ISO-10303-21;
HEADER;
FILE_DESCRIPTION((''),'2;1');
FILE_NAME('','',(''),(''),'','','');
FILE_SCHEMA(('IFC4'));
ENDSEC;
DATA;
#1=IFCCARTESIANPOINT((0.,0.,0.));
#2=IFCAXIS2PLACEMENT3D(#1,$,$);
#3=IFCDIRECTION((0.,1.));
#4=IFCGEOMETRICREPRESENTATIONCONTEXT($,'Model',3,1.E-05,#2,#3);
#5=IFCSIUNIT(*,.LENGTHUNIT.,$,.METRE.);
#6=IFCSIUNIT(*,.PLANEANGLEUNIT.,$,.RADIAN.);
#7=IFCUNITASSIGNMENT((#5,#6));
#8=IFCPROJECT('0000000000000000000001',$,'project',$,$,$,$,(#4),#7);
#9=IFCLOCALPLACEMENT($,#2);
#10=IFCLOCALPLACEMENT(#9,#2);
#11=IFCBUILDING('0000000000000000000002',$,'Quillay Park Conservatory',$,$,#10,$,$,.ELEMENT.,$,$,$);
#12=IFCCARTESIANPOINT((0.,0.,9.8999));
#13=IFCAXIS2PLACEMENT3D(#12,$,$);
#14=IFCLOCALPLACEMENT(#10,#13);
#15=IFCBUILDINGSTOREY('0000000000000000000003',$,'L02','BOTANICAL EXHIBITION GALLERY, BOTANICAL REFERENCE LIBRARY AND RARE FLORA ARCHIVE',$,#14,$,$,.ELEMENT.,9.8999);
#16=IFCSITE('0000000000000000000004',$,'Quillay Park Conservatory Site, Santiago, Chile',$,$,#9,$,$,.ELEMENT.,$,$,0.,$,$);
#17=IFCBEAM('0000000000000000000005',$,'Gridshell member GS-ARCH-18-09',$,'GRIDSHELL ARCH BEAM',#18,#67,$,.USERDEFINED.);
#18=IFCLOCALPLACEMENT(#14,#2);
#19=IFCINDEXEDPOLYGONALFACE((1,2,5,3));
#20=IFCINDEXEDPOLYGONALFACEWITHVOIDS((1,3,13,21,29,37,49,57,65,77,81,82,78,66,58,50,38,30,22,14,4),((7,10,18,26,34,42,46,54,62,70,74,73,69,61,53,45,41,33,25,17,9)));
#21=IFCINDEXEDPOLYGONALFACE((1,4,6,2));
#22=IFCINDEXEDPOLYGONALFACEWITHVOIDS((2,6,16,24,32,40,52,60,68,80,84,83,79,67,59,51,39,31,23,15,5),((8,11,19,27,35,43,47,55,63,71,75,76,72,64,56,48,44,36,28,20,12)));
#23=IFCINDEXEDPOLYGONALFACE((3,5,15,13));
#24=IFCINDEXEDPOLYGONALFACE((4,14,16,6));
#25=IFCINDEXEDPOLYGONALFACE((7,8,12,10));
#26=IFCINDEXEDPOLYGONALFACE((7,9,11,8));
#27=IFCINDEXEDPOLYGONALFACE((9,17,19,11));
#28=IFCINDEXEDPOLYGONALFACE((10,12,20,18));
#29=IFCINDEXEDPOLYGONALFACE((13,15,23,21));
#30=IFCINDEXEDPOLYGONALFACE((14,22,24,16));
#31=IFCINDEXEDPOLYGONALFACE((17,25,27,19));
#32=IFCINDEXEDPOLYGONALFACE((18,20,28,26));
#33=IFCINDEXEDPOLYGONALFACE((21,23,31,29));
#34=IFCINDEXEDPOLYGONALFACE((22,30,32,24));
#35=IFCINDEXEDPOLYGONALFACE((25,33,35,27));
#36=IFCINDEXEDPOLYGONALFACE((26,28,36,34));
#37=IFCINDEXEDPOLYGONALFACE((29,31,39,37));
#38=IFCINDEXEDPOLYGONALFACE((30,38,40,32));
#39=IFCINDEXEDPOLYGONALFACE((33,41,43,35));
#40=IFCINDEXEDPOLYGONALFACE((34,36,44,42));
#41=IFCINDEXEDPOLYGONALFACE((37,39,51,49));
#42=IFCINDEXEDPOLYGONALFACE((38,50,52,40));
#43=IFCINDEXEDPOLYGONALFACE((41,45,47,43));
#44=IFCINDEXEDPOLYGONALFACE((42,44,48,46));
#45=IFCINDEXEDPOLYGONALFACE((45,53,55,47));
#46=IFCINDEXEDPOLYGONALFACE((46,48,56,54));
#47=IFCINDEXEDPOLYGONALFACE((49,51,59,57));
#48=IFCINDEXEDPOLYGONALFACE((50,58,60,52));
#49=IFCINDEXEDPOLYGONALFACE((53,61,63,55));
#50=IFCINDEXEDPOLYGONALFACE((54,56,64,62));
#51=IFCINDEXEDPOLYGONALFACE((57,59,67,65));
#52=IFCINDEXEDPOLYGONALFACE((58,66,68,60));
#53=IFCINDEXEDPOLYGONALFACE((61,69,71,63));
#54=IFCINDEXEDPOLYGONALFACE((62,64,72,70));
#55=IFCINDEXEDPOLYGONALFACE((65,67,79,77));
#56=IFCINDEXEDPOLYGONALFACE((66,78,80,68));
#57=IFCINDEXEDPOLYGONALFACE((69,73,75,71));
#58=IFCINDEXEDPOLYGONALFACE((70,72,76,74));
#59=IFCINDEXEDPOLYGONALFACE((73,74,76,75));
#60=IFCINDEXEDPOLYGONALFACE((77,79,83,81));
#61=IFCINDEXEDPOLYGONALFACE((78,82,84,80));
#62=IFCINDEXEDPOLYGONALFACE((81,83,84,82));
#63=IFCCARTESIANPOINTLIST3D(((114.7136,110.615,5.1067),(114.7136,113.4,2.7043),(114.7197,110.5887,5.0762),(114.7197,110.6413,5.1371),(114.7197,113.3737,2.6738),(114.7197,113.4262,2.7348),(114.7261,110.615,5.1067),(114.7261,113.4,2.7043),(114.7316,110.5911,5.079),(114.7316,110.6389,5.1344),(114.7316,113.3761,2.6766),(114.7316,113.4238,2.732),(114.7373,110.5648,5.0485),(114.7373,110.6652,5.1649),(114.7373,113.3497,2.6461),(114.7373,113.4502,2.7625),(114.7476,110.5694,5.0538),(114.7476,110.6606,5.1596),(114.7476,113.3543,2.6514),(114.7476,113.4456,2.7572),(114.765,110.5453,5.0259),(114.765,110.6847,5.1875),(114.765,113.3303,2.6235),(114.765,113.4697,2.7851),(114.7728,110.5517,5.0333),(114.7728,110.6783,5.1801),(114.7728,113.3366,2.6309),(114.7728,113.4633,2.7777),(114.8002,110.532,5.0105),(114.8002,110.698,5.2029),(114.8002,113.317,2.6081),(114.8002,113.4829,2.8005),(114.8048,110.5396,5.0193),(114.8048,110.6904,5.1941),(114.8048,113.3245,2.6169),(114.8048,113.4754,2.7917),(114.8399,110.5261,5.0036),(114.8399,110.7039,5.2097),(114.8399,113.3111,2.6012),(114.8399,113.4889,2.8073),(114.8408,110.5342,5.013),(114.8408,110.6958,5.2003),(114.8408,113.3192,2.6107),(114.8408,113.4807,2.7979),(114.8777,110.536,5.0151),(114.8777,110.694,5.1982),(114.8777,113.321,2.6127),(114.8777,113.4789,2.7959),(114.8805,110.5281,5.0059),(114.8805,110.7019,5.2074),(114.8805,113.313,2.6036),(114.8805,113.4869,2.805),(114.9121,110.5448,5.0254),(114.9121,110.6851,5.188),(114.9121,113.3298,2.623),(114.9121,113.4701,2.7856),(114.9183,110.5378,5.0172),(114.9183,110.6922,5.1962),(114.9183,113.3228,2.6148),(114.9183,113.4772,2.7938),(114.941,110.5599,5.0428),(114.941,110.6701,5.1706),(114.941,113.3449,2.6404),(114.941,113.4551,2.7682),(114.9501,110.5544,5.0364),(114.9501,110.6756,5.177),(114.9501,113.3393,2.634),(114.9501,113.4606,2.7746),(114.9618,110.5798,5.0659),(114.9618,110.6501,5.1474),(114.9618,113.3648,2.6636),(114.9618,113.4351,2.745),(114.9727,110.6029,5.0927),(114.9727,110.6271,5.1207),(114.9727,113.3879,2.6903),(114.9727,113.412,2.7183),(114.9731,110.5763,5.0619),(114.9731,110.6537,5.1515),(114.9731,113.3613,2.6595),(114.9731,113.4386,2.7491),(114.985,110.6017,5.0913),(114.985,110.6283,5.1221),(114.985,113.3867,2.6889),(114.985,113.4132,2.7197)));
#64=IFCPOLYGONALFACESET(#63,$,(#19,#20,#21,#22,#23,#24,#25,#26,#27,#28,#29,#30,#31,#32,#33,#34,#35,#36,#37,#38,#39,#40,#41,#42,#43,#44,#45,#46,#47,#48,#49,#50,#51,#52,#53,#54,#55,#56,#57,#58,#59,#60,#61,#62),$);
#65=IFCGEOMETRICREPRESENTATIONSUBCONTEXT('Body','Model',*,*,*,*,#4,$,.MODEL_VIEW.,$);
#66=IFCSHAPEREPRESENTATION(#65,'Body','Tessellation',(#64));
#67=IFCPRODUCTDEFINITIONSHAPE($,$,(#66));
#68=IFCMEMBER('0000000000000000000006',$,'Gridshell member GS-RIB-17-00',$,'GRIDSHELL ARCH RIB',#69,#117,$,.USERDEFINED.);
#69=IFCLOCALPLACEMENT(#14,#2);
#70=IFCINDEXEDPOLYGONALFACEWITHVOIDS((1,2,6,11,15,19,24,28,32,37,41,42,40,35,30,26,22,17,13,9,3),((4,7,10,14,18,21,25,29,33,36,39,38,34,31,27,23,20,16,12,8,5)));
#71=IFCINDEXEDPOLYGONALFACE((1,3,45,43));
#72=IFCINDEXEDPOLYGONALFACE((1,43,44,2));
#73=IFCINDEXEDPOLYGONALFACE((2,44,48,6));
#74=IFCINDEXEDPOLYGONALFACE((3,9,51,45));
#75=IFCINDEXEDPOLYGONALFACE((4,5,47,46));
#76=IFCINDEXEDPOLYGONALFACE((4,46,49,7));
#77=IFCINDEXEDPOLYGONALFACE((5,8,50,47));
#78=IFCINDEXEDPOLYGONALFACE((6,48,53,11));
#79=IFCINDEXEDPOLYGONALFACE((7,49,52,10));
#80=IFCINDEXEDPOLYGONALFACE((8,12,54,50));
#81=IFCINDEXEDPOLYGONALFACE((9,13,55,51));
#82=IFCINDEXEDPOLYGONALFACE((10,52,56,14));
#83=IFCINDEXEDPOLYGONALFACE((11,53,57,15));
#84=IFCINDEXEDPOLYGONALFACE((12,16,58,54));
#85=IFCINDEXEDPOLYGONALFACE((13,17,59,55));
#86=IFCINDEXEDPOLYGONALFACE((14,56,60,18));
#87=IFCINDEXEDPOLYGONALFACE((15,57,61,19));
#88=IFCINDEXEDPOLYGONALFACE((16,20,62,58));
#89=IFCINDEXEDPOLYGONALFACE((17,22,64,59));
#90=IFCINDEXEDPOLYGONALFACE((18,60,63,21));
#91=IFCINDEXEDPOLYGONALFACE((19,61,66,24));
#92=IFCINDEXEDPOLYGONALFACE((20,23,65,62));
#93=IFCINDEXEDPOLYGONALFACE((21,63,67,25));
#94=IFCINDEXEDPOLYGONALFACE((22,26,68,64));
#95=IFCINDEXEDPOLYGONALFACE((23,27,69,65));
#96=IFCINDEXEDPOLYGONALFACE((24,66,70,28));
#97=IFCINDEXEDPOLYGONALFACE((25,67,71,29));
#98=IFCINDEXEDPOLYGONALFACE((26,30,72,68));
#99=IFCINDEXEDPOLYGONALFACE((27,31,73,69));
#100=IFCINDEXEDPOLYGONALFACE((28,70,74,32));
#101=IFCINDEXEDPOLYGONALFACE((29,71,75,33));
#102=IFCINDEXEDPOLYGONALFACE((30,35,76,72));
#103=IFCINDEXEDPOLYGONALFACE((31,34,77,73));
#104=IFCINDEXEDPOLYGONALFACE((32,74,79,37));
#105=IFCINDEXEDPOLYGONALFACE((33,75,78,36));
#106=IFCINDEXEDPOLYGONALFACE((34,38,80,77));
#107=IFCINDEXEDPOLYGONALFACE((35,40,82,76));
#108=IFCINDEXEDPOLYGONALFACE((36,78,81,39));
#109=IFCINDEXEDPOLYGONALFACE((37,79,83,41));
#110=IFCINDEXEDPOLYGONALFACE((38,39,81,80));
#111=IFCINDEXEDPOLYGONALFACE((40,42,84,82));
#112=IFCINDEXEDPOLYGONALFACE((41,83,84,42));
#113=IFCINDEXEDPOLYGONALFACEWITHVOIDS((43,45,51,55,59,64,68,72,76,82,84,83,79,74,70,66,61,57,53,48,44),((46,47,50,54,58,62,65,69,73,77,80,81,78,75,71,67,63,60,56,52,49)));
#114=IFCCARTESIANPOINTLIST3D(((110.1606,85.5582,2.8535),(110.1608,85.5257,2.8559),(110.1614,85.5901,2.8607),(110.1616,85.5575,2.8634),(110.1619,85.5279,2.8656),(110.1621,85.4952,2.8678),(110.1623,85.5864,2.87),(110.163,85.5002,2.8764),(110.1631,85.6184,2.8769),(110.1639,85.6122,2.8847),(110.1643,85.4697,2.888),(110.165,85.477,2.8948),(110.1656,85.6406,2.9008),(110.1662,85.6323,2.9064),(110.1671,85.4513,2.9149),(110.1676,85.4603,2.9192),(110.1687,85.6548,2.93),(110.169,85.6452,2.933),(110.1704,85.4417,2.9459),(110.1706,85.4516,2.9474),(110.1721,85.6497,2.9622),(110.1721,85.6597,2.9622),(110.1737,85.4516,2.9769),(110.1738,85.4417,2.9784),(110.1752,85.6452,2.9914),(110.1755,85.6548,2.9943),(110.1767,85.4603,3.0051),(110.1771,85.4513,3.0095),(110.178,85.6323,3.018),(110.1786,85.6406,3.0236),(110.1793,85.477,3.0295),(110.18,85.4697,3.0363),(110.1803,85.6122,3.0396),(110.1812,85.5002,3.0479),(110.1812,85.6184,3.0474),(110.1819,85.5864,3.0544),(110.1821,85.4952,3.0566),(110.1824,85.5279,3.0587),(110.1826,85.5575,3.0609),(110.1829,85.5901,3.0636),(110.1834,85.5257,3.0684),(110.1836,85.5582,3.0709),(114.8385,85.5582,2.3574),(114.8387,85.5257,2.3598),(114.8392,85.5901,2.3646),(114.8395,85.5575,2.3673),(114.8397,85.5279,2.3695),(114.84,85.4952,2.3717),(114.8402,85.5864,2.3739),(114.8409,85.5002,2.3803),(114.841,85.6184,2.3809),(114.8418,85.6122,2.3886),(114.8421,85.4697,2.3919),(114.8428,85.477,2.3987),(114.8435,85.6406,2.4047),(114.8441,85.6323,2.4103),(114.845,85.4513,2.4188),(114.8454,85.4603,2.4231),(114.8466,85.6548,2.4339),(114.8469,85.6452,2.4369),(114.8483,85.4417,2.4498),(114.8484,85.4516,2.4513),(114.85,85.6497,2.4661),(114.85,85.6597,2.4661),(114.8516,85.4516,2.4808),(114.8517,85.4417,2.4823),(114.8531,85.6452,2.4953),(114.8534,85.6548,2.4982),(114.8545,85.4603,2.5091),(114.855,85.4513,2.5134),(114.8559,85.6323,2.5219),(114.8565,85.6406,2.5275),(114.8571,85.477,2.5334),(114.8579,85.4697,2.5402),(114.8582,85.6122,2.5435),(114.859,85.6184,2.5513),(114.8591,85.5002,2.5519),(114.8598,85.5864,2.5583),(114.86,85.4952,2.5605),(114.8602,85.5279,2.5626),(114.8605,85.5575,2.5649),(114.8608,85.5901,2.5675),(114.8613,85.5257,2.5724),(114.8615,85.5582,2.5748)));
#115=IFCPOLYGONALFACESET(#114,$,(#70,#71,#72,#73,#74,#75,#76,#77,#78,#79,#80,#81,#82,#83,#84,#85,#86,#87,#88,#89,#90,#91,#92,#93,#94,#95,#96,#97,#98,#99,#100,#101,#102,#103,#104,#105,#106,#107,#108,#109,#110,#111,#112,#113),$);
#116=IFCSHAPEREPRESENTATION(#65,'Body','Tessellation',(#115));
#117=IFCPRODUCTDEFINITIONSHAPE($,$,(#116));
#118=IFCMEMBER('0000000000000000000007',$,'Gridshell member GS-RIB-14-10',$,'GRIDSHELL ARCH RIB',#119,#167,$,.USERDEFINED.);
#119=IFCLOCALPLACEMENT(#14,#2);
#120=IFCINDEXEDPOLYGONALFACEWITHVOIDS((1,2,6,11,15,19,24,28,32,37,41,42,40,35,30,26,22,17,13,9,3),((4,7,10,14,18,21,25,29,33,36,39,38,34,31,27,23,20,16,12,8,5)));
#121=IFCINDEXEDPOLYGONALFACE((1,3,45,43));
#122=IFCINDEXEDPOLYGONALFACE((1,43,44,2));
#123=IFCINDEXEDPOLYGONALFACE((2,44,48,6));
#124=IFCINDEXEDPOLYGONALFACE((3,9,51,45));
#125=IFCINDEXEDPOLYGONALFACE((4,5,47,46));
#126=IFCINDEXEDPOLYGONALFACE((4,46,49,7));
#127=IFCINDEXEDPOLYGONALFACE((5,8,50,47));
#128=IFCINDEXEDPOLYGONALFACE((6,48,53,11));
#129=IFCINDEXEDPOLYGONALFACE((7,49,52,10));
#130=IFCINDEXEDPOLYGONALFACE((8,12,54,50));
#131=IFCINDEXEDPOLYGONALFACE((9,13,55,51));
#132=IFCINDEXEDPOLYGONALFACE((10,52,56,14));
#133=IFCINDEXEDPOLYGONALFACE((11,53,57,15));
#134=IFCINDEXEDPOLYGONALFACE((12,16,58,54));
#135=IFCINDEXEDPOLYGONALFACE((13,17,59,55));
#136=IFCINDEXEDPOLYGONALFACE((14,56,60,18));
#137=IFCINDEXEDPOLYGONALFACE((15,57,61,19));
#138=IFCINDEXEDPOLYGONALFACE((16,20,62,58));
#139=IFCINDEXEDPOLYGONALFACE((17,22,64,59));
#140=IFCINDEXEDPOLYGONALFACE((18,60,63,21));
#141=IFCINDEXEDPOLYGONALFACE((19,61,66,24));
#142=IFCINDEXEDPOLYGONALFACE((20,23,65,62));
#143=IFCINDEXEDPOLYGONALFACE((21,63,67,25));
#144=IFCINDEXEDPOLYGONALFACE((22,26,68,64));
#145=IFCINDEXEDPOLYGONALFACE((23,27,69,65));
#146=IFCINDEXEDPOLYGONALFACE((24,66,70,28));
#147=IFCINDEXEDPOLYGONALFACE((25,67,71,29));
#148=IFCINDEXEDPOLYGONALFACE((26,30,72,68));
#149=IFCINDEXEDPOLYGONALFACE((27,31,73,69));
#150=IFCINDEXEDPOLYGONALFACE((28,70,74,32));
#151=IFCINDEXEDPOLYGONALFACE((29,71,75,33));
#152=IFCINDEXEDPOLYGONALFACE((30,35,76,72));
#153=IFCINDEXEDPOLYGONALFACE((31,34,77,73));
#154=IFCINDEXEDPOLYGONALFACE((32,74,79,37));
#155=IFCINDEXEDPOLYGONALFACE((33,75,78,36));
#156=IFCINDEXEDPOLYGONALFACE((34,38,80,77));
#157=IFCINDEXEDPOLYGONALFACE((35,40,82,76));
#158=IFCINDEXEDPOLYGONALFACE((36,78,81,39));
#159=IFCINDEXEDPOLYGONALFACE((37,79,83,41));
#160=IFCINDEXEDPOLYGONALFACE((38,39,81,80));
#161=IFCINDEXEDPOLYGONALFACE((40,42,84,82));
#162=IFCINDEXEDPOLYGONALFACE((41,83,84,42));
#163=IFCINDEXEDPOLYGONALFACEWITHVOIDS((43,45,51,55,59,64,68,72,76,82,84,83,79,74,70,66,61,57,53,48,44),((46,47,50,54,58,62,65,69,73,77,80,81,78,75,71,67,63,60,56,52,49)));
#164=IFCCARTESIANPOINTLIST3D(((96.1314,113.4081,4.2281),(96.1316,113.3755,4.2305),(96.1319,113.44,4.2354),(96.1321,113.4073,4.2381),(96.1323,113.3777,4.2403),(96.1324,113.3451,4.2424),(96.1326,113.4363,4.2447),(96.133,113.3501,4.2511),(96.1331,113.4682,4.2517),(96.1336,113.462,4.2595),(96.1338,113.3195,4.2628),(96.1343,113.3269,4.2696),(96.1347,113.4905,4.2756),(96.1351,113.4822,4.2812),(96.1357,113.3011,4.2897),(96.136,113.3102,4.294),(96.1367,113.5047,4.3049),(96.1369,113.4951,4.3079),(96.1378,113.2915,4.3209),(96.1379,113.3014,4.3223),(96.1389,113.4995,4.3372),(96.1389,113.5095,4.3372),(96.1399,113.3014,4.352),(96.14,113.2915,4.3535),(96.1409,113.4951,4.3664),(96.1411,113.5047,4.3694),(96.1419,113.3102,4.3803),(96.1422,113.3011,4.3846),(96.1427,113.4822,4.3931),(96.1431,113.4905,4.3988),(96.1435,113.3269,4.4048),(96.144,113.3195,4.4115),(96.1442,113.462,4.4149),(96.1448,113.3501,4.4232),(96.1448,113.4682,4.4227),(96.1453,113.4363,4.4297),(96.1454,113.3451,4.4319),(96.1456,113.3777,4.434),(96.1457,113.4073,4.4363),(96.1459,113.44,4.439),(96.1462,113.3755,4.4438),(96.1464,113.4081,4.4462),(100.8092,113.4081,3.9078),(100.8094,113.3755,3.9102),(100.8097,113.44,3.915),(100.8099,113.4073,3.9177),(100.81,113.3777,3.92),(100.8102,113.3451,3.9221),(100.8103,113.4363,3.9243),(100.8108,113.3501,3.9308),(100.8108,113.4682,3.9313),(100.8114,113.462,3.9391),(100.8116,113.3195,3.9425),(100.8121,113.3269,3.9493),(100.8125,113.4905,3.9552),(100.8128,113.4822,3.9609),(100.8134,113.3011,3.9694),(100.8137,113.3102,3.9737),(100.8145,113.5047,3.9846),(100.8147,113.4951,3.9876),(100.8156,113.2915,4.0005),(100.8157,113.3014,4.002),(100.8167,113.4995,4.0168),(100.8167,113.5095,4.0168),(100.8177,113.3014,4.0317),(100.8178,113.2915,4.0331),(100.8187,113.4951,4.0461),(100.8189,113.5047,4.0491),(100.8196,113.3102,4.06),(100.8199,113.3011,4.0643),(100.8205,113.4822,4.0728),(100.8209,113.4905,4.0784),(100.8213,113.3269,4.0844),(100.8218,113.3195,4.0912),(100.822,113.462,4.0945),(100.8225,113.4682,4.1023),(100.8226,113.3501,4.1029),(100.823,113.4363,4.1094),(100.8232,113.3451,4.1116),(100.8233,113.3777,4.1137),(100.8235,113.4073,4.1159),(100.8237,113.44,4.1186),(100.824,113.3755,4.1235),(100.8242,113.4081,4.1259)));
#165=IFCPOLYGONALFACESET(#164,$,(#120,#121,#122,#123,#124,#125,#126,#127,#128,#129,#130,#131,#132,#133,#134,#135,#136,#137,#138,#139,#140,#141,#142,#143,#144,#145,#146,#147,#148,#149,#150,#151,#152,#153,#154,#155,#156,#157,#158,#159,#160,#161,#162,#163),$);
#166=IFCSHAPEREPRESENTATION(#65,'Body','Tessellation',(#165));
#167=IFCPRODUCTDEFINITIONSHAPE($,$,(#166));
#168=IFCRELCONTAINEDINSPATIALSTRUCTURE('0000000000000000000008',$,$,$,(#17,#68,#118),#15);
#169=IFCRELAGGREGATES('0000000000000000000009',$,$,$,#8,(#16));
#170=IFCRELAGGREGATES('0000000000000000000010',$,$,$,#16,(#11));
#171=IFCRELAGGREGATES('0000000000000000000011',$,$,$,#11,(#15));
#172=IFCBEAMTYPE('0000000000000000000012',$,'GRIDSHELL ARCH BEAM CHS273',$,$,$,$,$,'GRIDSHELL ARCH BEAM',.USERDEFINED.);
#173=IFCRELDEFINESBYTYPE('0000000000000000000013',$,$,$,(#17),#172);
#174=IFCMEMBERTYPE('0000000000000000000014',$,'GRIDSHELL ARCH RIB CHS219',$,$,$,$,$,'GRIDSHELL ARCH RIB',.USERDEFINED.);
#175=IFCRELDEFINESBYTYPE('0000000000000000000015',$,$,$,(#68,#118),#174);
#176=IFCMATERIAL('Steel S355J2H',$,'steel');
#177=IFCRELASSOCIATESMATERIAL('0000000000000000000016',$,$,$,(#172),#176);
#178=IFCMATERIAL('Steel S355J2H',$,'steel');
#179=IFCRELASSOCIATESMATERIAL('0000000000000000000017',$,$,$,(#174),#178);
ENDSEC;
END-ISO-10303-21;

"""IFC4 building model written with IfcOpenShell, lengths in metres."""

from ifc_helpers import new_model, si_unit, direction, frame, origin, origin_2d, place, context, subcontext, project, spatial, hollow_circle, extrude, material, material_profile, profile_set, type_object, element, save


model = new_model("IFC4")

# Units and contexts
model_context = context("Model", 3, precision=1e-05, world=origin(), true_north=direction((0.0, 1.0)))
body_context = subcontext(model_context, "Body", "Model", "MODEL_VIEW")
ifc_project = project(units=[si_unit("LENGTHUNIT", "METRE"), si_unit("PLANEANGLEUNIT", "RADIAN")], contexts=[model_context])

# Site, building, storey
site_placement = place(None, origin())
site = spatial("IfcSite", under=ifc_project, at=site_placement, Name="Quillay Park Conservatory Site, Santiago, Chile", CompositionType="ELEMENT", RefElevation=0.0)
building_placement = place(site_placement, origin())
building = spatial("IfcBuilding", under=site, at=building_placement, Name="Quillay Park Conservatory", CompositionType="ELEMENT")
storey_placement = place(building_placement, frame((0.0, 0.0, 9.8999)))
storey = spatial("IfcBuildingStorey", under=building, at=storey_placement, Name="L02", Description="BOTANICAL EXHIBITION GALLERY, BOTANICAL REFERENCE LIBRARY AND RARE FLORA ARCHIVE", CompositionType="ELEMENT", Elevation=9.8999)

# Beam
ifc_material_1 = material(Name="Steel S355J2H", Category="steel")
ifc_material_profile_1 = material_profile(ifc_material_1, hollow_circle(Radius=0.1365, WallThickness=0.0125, at=origin_2d()), Name="CHS273x12.5")
ifc_profile_set_1 = profile_set([ifc_material_profile_1], Name="Steel S355J2H")
beam_type = type_object("IfcBeamType", Name="GRIDSHELL ARCH BEAM CHS273", ElementType="GRIDSHELL ARCH BEAM", PredefinedType="USERDEFINED", material=ifc_profile_set_1)
beam_placement = place(storey_placement, frame((114.8501, 110.615, 5.1067), z_axis=(0.0, 0.757201, -0.653183), x_axis=(-1.0, 0.0, 0.0)))
element("IfcBeam", 1, at=beam_placement, inside=storey, type_object=beam_type, Name="Gridshell member GS-ARCH-18-09", ObjectType="GRIDSHELL ARCH BEAM", PredefinedType="USERDEFINED", context=body_context, shape_type="SweptSolid", body=[
    extrude(hollow_circle(Radius=0.1365, WallThickness=0.0125, at=origin_2d()), origin(), (0.0, 0.0, 1.0), 3.678),
])

# Members
ifc_material_2 = material(Name="Steel S355J2H", Category="steel")
ifc_material_profile_2 = material_profile(ifc_material_2, hollow_circle(Radius=0.1096, WallThickness=0.01, at=origin_2d()), Name="CHS219.1x10")
ifc_profile_set_2 = profile_set([ifc_material_profile_2], Name="Steel S355J2H")
member_type_1 = type_object("IfcMemberType", Name="GRIDSHELL ARCH RIB CHS219", ElementType="GRIDSHELL ARCH RIB", PredefinedType="USERDEFINED", material=ifc_profile_set_2)
member_1_placement = place(storey_placement, frame((110.1721, 85.55, 2.9622), z_axis=(0.994424, 0.0, -0.105457), x_axis=(0.0, 1.0, 0.0)))
element("IfcMember", 2, at=member_1_placement, inside=storey, type_object=member_type_1, Name="Gridshell member GS-RIB-17-00", ObjectType="GRIDSHELL ARCH RIB", PredefinedType="USERDEFINED", context=body_context, shape_type="SweptSolid", body=[
    extrude(hollow_circle(Radius=0.1096, WallThickness=0.01, at=origin_2d()), origin(), (0.0, 0.0, 1.0), 4.7041),
])
member_2_placement = place(storey_placement, frame((96.1389, 113.3999, 4.3372), z_axis=(0.997664, 0.0, -0.068316), x_axis=(0.0, 1.0, 0.0)))
element("IfcMember", 3, at=member_2_placement, inside=storey, type_object=member_type_1, Name="Gridshell member GS-RIB-14-10", ObjectType="GRIDSHELL ARCH RIB", PredefinedType="USERDEFINED", context=body_context, shape_type="SweptSolid", body=[
    extrude(hollow_circle(Radius=0.1096, WallThickness=0.01, at=origin_2d()), origin(), (0.0, 0.0, 1.0), 4.6887),
])

save(model, "model.ifc")
